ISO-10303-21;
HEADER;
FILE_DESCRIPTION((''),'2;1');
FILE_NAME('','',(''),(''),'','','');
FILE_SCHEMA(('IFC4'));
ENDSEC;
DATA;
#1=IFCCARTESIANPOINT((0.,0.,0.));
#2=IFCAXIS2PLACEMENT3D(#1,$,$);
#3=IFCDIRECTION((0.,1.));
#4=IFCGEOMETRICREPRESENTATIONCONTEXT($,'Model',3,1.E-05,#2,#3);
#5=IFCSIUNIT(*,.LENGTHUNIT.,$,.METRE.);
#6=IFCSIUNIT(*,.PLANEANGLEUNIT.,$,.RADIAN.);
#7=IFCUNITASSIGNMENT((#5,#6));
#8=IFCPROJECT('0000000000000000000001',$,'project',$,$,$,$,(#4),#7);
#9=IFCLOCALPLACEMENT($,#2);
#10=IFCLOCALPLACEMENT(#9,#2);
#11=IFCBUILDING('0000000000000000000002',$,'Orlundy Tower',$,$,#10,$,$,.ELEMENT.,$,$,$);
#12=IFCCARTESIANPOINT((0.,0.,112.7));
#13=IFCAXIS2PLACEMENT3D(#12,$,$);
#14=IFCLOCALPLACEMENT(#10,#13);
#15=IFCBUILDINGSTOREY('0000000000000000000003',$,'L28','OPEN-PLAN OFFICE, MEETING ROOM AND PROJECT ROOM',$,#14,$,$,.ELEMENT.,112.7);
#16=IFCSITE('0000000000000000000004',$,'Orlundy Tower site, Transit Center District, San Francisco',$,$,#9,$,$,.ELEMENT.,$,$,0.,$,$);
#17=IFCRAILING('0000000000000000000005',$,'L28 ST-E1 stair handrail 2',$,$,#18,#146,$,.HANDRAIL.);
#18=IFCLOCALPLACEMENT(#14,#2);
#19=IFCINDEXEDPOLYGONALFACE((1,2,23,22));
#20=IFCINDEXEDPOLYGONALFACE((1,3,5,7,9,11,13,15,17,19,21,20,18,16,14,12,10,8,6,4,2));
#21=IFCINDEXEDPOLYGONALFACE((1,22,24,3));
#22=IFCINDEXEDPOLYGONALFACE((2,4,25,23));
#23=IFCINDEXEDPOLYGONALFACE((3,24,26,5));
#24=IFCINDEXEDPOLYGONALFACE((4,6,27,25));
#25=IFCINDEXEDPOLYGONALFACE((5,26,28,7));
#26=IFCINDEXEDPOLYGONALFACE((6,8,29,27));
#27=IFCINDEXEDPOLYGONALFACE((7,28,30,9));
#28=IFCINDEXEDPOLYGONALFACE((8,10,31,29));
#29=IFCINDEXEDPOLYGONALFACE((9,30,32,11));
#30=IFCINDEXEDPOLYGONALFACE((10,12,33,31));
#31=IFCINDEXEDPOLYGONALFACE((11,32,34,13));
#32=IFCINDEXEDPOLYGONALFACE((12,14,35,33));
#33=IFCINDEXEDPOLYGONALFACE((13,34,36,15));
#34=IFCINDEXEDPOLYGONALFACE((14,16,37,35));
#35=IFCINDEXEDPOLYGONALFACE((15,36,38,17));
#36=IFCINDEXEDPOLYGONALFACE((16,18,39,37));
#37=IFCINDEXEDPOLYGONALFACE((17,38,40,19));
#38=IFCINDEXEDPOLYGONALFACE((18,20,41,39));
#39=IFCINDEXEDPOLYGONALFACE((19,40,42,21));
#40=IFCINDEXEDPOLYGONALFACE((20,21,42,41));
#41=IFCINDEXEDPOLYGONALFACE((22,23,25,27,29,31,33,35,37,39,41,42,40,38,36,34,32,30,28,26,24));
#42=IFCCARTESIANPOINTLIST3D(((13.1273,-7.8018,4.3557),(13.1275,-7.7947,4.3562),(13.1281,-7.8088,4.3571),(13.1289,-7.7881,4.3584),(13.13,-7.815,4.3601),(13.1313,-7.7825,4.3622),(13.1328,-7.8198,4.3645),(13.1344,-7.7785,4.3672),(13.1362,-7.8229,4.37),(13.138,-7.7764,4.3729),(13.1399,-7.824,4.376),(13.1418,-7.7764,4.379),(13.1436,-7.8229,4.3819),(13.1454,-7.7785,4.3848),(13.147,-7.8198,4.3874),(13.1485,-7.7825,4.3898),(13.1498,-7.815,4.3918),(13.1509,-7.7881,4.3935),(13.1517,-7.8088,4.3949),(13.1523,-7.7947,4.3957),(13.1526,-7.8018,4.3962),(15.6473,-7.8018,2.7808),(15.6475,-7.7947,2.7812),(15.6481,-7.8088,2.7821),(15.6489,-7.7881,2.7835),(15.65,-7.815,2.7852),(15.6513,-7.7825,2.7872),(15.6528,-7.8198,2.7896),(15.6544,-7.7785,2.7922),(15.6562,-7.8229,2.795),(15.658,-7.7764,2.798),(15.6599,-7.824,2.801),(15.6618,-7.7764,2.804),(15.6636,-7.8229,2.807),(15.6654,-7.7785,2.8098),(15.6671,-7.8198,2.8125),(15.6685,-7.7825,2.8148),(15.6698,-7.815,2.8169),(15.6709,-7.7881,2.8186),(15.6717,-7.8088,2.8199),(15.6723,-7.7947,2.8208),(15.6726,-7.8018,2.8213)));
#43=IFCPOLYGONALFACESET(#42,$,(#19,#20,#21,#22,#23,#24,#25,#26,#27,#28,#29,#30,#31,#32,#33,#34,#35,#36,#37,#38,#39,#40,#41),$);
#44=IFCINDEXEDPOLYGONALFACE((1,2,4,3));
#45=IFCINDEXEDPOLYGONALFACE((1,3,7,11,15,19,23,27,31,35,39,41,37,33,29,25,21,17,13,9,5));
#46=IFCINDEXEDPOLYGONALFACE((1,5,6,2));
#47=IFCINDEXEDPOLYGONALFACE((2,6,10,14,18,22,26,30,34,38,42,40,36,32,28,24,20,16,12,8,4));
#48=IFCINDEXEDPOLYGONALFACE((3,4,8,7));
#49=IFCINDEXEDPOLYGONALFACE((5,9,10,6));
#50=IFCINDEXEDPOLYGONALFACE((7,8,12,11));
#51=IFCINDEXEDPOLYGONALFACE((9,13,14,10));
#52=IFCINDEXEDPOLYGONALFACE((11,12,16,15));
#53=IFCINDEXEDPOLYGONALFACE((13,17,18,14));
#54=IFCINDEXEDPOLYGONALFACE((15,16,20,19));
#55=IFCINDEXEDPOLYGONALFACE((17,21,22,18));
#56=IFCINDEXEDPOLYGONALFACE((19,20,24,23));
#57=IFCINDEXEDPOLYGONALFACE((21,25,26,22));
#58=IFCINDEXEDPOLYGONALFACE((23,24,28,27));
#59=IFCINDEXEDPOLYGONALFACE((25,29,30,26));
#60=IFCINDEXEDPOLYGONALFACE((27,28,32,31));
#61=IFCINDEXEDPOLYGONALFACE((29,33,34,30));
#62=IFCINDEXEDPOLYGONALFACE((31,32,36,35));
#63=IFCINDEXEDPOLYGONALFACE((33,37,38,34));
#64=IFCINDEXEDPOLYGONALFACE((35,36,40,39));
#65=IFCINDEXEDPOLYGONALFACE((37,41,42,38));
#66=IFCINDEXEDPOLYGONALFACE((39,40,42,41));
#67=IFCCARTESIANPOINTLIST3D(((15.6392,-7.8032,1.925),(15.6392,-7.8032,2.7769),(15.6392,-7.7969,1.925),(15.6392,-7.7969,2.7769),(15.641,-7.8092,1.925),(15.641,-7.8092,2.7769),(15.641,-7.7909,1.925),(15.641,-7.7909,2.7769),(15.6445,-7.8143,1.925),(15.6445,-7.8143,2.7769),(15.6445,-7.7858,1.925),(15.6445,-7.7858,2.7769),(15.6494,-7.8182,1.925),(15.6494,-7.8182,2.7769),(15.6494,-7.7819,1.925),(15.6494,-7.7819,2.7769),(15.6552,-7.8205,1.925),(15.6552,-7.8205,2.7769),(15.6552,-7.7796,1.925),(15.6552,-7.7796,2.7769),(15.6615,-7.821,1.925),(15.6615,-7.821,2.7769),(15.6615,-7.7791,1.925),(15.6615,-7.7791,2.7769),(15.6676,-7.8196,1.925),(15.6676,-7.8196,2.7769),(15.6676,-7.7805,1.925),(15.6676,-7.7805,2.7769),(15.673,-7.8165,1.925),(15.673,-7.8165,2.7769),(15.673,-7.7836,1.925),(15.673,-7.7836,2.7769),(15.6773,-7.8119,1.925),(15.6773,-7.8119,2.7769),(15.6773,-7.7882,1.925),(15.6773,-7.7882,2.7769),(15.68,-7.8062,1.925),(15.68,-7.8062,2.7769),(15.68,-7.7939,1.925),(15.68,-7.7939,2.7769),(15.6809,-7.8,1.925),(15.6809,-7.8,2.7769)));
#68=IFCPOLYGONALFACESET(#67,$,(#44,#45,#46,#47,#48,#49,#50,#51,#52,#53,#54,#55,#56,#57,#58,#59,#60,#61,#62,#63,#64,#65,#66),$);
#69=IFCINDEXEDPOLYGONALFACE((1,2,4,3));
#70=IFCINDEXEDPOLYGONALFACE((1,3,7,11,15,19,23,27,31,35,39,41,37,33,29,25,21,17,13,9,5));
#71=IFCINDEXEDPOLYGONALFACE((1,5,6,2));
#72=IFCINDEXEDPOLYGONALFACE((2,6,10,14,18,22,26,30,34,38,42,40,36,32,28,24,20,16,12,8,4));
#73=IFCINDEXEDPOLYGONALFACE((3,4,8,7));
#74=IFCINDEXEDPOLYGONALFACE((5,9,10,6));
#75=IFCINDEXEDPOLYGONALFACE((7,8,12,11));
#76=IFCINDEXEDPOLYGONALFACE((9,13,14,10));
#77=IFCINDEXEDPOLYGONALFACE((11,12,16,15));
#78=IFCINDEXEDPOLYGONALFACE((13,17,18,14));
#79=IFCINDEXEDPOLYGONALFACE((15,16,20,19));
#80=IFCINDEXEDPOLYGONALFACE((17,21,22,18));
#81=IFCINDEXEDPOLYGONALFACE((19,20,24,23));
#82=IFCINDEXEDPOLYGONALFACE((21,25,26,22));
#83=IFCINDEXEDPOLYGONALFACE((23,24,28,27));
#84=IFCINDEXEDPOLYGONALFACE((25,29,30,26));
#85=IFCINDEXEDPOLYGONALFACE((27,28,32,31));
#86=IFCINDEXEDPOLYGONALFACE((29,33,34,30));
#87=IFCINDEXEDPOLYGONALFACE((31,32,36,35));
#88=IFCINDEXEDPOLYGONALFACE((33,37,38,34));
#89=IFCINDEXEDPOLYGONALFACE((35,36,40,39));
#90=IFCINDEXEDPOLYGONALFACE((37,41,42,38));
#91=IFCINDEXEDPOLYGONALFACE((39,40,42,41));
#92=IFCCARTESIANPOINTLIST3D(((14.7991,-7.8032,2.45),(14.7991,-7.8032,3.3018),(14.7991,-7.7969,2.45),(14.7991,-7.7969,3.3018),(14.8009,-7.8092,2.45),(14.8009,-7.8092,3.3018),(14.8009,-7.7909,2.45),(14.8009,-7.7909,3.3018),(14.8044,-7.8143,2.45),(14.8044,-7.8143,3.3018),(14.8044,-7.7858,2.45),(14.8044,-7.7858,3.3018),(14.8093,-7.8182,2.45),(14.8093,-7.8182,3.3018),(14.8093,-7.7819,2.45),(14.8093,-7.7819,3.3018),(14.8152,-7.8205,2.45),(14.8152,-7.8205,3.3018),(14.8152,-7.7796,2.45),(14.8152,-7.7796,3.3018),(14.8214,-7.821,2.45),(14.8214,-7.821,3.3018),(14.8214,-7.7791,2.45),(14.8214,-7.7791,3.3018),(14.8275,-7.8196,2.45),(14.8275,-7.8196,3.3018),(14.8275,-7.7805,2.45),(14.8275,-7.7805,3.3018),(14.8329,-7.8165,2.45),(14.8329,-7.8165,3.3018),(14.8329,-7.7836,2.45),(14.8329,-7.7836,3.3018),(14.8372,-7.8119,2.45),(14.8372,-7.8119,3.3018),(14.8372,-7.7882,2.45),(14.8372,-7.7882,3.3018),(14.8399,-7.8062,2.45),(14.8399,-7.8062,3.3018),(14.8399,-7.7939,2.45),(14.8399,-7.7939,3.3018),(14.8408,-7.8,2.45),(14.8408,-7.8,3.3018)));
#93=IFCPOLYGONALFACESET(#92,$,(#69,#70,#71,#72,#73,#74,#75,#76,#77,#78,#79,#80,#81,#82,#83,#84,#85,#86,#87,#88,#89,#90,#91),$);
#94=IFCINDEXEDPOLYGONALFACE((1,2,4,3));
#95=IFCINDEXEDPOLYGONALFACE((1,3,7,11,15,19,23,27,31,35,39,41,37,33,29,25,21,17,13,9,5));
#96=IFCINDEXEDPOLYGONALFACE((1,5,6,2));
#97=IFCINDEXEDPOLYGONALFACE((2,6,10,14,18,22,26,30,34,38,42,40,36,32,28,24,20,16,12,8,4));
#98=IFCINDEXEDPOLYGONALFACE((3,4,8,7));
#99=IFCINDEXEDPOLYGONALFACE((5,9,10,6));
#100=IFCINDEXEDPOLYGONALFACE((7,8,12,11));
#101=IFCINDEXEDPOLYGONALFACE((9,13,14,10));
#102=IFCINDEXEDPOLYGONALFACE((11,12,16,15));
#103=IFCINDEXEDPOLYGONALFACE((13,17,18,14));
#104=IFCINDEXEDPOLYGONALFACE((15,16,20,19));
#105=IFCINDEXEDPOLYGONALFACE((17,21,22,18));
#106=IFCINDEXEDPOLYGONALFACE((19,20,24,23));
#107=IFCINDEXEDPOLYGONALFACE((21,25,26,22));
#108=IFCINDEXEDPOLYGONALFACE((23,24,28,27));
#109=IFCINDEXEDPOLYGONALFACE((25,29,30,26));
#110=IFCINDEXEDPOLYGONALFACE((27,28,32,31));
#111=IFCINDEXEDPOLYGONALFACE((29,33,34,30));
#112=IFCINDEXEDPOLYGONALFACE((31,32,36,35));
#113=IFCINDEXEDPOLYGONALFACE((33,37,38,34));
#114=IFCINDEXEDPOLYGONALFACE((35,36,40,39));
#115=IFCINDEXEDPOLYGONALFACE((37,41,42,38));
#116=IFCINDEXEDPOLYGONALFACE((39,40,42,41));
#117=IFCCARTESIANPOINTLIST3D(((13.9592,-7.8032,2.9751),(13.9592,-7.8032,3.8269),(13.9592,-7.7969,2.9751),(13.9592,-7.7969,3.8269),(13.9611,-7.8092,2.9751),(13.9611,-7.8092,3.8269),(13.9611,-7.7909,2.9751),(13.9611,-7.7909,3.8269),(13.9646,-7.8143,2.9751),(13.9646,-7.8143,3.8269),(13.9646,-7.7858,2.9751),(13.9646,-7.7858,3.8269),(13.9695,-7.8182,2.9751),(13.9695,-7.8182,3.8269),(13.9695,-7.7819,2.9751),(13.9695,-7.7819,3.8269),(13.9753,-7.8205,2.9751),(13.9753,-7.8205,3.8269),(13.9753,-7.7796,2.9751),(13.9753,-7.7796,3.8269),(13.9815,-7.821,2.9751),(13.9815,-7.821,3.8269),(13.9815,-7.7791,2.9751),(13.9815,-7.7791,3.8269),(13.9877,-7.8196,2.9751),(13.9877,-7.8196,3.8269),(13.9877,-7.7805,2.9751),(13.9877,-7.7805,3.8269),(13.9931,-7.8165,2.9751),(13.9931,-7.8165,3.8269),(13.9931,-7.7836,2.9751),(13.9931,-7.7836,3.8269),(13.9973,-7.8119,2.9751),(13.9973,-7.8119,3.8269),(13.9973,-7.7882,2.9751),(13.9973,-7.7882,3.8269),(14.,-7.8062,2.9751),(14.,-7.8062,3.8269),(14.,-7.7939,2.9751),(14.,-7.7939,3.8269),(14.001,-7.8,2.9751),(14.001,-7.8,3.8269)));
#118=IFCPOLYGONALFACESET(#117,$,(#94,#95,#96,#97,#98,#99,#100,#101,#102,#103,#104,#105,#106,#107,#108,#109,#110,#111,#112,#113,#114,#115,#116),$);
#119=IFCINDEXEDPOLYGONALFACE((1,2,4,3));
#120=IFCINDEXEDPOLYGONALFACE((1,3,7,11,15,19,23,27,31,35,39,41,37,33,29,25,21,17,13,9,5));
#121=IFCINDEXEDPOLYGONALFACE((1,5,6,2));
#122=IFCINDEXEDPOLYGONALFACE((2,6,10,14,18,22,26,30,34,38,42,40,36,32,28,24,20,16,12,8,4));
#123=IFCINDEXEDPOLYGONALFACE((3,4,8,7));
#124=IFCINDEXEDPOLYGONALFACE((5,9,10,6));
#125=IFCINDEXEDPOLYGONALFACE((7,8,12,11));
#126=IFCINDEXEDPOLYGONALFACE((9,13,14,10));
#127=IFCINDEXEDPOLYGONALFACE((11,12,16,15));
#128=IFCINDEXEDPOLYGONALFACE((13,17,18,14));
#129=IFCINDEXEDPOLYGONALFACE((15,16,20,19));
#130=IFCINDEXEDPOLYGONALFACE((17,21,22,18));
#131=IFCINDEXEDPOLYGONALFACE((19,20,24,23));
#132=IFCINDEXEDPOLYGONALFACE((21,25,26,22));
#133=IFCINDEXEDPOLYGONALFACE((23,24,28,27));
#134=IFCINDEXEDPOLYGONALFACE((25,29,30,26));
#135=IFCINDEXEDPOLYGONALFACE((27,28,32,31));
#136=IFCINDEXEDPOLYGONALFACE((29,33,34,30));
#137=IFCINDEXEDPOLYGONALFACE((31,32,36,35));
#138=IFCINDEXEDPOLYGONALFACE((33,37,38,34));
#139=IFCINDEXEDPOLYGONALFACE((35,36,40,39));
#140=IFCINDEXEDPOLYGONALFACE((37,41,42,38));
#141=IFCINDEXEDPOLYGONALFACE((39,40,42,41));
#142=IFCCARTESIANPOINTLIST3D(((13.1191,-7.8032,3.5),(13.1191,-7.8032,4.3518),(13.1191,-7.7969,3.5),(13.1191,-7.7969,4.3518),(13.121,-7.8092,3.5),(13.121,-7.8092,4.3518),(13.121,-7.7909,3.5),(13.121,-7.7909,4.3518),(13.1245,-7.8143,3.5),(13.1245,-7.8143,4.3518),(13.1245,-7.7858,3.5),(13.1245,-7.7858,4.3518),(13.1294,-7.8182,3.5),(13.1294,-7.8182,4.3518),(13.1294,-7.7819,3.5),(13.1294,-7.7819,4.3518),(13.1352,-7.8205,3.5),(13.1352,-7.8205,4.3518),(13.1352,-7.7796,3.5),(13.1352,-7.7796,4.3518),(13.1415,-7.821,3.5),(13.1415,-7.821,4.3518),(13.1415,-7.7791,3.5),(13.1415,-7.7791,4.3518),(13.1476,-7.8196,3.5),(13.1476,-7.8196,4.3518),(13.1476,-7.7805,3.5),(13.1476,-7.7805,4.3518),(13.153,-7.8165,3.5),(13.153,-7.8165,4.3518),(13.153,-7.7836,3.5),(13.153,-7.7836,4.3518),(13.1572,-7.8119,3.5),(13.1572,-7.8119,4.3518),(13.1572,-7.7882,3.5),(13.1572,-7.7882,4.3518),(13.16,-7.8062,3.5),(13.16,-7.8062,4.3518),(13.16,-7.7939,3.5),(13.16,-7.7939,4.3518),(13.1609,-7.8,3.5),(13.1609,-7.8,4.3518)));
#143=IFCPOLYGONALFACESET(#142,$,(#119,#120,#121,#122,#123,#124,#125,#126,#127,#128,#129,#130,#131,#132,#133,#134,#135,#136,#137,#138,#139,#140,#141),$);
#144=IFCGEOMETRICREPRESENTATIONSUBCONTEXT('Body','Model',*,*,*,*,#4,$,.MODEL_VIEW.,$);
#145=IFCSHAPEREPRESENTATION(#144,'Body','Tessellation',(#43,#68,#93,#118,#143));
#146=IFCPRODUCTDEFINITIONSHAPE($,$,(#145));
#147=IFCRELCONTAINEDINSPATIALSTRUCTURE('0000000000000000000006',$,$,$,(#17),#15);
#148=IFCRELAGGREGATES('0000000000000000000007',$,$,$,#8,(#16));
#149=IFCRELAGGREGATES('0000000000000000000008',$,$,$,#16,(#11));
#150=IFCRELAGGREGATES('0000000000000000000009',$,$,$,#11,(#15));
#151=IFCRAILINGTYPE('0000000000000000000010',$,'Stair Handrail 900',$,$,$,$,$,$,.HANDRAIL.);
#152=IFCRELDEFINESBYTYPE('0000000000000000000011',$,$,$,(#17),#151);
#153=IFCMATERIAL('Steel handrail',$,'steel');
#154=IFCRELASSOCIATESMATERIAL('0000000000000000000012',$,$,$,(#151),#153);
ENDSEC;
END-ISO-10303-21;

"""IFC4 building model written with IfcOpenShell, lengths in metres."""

from ifc_helpers import new_model, si_unit, direction, frame, origin, origin_2d, place, context, subcontext, project, spatial, circle, extrude, material, type_object, element, save


model = new_model("IFC4")

# Units and contexts
model_context = context("Model", 3, precision=1e-05, world=origin(), true_north=direction((0.0, 1.0)))
body_context = subcontext(model_context, "Body", "Model", "MODEL_VIEW")
ifc_project = project(units=[si_unit("LENGTHUNIT", "METRE"), si_unit("PLANEANGLEUNIT", "RADIAN")], contexts=[model_context])

# Site, building, storey
site_placement = place(None, origin())
site = spatial("IfcSite", under=ifc_project, at=site_placement, Name="Orlundy Tower site, Transit Center District, San Francisco", CompositionType="ELEMENT", RefElevation=0.0)
building_placement = place(site_placement, origin())
building = spatial("IfcBuilding", under=site, at=building_placement, Name="Orlundy Tower", CompositionType="ELEMENT")
storey_placement = place(building_placement, frame((0.0, 0.0, 112.7)))
storey = spatial("IfcBuildingStorey", under=building, at=storey_placement, Name="L28", Description="OPEN-PLAN OFFICE, MEETING ROOM AND PROJECT ROOM", CompositionType="ELEMENT", Elevation=112.7)

# Railing
ifc_material_1 = material(Name="Steel handrail", Category="steel")
railing_type_1 = type_object("IfcRailingType", Name="Stair Handrail 900", PredefinedType="HANDRAIL", material=ifc_material_1)
railing_1_placement = place(storey_placement, frame((15.6599, -7.8, 1.925)))
element("IfcRailing", 1, at=railing_1_placement, inside=storey, type_object=railing_type_1, Name="L28 ST-E1 stair handrail 2", PredefinedType="HANDRAIL", context=body_context, shape_type="SweptSolid", body=[
    extrude(circle(Radius=0.0239, at=origin_2d()), frame((0.0, 0.0, 0.876), z_axis=(-0.848008, 0.0, 0.529984), x_axis=(0.0, -1.0, 0.0)), (0.0, 0.0, 1.0), 2.9717),
    extrude(circle(Radius=0.021, at=origin_2d()), origin(), (0.0, 0.0, 1.0), 0.8518),
    extrude(circle(Radius=0.021, at=origin_2d()), frame((-0.8401, 0.0, 0.5249)), (0.0, 0.0, 1.0), 0.8518),
    extrude(circle(Radius=0.021, at=origin_2d()), frame((-1.6799, 0.0, 1.05)), (0.0, 0.0, 1.0), 0.8518),
    extrude(circle(Radius=0.021, at=origin_2d()), frame((-2.52, 0.0, 1.575)), (0.0, 0.0, 1.0), 0.8518),
])

save(model, "model.ifc")
